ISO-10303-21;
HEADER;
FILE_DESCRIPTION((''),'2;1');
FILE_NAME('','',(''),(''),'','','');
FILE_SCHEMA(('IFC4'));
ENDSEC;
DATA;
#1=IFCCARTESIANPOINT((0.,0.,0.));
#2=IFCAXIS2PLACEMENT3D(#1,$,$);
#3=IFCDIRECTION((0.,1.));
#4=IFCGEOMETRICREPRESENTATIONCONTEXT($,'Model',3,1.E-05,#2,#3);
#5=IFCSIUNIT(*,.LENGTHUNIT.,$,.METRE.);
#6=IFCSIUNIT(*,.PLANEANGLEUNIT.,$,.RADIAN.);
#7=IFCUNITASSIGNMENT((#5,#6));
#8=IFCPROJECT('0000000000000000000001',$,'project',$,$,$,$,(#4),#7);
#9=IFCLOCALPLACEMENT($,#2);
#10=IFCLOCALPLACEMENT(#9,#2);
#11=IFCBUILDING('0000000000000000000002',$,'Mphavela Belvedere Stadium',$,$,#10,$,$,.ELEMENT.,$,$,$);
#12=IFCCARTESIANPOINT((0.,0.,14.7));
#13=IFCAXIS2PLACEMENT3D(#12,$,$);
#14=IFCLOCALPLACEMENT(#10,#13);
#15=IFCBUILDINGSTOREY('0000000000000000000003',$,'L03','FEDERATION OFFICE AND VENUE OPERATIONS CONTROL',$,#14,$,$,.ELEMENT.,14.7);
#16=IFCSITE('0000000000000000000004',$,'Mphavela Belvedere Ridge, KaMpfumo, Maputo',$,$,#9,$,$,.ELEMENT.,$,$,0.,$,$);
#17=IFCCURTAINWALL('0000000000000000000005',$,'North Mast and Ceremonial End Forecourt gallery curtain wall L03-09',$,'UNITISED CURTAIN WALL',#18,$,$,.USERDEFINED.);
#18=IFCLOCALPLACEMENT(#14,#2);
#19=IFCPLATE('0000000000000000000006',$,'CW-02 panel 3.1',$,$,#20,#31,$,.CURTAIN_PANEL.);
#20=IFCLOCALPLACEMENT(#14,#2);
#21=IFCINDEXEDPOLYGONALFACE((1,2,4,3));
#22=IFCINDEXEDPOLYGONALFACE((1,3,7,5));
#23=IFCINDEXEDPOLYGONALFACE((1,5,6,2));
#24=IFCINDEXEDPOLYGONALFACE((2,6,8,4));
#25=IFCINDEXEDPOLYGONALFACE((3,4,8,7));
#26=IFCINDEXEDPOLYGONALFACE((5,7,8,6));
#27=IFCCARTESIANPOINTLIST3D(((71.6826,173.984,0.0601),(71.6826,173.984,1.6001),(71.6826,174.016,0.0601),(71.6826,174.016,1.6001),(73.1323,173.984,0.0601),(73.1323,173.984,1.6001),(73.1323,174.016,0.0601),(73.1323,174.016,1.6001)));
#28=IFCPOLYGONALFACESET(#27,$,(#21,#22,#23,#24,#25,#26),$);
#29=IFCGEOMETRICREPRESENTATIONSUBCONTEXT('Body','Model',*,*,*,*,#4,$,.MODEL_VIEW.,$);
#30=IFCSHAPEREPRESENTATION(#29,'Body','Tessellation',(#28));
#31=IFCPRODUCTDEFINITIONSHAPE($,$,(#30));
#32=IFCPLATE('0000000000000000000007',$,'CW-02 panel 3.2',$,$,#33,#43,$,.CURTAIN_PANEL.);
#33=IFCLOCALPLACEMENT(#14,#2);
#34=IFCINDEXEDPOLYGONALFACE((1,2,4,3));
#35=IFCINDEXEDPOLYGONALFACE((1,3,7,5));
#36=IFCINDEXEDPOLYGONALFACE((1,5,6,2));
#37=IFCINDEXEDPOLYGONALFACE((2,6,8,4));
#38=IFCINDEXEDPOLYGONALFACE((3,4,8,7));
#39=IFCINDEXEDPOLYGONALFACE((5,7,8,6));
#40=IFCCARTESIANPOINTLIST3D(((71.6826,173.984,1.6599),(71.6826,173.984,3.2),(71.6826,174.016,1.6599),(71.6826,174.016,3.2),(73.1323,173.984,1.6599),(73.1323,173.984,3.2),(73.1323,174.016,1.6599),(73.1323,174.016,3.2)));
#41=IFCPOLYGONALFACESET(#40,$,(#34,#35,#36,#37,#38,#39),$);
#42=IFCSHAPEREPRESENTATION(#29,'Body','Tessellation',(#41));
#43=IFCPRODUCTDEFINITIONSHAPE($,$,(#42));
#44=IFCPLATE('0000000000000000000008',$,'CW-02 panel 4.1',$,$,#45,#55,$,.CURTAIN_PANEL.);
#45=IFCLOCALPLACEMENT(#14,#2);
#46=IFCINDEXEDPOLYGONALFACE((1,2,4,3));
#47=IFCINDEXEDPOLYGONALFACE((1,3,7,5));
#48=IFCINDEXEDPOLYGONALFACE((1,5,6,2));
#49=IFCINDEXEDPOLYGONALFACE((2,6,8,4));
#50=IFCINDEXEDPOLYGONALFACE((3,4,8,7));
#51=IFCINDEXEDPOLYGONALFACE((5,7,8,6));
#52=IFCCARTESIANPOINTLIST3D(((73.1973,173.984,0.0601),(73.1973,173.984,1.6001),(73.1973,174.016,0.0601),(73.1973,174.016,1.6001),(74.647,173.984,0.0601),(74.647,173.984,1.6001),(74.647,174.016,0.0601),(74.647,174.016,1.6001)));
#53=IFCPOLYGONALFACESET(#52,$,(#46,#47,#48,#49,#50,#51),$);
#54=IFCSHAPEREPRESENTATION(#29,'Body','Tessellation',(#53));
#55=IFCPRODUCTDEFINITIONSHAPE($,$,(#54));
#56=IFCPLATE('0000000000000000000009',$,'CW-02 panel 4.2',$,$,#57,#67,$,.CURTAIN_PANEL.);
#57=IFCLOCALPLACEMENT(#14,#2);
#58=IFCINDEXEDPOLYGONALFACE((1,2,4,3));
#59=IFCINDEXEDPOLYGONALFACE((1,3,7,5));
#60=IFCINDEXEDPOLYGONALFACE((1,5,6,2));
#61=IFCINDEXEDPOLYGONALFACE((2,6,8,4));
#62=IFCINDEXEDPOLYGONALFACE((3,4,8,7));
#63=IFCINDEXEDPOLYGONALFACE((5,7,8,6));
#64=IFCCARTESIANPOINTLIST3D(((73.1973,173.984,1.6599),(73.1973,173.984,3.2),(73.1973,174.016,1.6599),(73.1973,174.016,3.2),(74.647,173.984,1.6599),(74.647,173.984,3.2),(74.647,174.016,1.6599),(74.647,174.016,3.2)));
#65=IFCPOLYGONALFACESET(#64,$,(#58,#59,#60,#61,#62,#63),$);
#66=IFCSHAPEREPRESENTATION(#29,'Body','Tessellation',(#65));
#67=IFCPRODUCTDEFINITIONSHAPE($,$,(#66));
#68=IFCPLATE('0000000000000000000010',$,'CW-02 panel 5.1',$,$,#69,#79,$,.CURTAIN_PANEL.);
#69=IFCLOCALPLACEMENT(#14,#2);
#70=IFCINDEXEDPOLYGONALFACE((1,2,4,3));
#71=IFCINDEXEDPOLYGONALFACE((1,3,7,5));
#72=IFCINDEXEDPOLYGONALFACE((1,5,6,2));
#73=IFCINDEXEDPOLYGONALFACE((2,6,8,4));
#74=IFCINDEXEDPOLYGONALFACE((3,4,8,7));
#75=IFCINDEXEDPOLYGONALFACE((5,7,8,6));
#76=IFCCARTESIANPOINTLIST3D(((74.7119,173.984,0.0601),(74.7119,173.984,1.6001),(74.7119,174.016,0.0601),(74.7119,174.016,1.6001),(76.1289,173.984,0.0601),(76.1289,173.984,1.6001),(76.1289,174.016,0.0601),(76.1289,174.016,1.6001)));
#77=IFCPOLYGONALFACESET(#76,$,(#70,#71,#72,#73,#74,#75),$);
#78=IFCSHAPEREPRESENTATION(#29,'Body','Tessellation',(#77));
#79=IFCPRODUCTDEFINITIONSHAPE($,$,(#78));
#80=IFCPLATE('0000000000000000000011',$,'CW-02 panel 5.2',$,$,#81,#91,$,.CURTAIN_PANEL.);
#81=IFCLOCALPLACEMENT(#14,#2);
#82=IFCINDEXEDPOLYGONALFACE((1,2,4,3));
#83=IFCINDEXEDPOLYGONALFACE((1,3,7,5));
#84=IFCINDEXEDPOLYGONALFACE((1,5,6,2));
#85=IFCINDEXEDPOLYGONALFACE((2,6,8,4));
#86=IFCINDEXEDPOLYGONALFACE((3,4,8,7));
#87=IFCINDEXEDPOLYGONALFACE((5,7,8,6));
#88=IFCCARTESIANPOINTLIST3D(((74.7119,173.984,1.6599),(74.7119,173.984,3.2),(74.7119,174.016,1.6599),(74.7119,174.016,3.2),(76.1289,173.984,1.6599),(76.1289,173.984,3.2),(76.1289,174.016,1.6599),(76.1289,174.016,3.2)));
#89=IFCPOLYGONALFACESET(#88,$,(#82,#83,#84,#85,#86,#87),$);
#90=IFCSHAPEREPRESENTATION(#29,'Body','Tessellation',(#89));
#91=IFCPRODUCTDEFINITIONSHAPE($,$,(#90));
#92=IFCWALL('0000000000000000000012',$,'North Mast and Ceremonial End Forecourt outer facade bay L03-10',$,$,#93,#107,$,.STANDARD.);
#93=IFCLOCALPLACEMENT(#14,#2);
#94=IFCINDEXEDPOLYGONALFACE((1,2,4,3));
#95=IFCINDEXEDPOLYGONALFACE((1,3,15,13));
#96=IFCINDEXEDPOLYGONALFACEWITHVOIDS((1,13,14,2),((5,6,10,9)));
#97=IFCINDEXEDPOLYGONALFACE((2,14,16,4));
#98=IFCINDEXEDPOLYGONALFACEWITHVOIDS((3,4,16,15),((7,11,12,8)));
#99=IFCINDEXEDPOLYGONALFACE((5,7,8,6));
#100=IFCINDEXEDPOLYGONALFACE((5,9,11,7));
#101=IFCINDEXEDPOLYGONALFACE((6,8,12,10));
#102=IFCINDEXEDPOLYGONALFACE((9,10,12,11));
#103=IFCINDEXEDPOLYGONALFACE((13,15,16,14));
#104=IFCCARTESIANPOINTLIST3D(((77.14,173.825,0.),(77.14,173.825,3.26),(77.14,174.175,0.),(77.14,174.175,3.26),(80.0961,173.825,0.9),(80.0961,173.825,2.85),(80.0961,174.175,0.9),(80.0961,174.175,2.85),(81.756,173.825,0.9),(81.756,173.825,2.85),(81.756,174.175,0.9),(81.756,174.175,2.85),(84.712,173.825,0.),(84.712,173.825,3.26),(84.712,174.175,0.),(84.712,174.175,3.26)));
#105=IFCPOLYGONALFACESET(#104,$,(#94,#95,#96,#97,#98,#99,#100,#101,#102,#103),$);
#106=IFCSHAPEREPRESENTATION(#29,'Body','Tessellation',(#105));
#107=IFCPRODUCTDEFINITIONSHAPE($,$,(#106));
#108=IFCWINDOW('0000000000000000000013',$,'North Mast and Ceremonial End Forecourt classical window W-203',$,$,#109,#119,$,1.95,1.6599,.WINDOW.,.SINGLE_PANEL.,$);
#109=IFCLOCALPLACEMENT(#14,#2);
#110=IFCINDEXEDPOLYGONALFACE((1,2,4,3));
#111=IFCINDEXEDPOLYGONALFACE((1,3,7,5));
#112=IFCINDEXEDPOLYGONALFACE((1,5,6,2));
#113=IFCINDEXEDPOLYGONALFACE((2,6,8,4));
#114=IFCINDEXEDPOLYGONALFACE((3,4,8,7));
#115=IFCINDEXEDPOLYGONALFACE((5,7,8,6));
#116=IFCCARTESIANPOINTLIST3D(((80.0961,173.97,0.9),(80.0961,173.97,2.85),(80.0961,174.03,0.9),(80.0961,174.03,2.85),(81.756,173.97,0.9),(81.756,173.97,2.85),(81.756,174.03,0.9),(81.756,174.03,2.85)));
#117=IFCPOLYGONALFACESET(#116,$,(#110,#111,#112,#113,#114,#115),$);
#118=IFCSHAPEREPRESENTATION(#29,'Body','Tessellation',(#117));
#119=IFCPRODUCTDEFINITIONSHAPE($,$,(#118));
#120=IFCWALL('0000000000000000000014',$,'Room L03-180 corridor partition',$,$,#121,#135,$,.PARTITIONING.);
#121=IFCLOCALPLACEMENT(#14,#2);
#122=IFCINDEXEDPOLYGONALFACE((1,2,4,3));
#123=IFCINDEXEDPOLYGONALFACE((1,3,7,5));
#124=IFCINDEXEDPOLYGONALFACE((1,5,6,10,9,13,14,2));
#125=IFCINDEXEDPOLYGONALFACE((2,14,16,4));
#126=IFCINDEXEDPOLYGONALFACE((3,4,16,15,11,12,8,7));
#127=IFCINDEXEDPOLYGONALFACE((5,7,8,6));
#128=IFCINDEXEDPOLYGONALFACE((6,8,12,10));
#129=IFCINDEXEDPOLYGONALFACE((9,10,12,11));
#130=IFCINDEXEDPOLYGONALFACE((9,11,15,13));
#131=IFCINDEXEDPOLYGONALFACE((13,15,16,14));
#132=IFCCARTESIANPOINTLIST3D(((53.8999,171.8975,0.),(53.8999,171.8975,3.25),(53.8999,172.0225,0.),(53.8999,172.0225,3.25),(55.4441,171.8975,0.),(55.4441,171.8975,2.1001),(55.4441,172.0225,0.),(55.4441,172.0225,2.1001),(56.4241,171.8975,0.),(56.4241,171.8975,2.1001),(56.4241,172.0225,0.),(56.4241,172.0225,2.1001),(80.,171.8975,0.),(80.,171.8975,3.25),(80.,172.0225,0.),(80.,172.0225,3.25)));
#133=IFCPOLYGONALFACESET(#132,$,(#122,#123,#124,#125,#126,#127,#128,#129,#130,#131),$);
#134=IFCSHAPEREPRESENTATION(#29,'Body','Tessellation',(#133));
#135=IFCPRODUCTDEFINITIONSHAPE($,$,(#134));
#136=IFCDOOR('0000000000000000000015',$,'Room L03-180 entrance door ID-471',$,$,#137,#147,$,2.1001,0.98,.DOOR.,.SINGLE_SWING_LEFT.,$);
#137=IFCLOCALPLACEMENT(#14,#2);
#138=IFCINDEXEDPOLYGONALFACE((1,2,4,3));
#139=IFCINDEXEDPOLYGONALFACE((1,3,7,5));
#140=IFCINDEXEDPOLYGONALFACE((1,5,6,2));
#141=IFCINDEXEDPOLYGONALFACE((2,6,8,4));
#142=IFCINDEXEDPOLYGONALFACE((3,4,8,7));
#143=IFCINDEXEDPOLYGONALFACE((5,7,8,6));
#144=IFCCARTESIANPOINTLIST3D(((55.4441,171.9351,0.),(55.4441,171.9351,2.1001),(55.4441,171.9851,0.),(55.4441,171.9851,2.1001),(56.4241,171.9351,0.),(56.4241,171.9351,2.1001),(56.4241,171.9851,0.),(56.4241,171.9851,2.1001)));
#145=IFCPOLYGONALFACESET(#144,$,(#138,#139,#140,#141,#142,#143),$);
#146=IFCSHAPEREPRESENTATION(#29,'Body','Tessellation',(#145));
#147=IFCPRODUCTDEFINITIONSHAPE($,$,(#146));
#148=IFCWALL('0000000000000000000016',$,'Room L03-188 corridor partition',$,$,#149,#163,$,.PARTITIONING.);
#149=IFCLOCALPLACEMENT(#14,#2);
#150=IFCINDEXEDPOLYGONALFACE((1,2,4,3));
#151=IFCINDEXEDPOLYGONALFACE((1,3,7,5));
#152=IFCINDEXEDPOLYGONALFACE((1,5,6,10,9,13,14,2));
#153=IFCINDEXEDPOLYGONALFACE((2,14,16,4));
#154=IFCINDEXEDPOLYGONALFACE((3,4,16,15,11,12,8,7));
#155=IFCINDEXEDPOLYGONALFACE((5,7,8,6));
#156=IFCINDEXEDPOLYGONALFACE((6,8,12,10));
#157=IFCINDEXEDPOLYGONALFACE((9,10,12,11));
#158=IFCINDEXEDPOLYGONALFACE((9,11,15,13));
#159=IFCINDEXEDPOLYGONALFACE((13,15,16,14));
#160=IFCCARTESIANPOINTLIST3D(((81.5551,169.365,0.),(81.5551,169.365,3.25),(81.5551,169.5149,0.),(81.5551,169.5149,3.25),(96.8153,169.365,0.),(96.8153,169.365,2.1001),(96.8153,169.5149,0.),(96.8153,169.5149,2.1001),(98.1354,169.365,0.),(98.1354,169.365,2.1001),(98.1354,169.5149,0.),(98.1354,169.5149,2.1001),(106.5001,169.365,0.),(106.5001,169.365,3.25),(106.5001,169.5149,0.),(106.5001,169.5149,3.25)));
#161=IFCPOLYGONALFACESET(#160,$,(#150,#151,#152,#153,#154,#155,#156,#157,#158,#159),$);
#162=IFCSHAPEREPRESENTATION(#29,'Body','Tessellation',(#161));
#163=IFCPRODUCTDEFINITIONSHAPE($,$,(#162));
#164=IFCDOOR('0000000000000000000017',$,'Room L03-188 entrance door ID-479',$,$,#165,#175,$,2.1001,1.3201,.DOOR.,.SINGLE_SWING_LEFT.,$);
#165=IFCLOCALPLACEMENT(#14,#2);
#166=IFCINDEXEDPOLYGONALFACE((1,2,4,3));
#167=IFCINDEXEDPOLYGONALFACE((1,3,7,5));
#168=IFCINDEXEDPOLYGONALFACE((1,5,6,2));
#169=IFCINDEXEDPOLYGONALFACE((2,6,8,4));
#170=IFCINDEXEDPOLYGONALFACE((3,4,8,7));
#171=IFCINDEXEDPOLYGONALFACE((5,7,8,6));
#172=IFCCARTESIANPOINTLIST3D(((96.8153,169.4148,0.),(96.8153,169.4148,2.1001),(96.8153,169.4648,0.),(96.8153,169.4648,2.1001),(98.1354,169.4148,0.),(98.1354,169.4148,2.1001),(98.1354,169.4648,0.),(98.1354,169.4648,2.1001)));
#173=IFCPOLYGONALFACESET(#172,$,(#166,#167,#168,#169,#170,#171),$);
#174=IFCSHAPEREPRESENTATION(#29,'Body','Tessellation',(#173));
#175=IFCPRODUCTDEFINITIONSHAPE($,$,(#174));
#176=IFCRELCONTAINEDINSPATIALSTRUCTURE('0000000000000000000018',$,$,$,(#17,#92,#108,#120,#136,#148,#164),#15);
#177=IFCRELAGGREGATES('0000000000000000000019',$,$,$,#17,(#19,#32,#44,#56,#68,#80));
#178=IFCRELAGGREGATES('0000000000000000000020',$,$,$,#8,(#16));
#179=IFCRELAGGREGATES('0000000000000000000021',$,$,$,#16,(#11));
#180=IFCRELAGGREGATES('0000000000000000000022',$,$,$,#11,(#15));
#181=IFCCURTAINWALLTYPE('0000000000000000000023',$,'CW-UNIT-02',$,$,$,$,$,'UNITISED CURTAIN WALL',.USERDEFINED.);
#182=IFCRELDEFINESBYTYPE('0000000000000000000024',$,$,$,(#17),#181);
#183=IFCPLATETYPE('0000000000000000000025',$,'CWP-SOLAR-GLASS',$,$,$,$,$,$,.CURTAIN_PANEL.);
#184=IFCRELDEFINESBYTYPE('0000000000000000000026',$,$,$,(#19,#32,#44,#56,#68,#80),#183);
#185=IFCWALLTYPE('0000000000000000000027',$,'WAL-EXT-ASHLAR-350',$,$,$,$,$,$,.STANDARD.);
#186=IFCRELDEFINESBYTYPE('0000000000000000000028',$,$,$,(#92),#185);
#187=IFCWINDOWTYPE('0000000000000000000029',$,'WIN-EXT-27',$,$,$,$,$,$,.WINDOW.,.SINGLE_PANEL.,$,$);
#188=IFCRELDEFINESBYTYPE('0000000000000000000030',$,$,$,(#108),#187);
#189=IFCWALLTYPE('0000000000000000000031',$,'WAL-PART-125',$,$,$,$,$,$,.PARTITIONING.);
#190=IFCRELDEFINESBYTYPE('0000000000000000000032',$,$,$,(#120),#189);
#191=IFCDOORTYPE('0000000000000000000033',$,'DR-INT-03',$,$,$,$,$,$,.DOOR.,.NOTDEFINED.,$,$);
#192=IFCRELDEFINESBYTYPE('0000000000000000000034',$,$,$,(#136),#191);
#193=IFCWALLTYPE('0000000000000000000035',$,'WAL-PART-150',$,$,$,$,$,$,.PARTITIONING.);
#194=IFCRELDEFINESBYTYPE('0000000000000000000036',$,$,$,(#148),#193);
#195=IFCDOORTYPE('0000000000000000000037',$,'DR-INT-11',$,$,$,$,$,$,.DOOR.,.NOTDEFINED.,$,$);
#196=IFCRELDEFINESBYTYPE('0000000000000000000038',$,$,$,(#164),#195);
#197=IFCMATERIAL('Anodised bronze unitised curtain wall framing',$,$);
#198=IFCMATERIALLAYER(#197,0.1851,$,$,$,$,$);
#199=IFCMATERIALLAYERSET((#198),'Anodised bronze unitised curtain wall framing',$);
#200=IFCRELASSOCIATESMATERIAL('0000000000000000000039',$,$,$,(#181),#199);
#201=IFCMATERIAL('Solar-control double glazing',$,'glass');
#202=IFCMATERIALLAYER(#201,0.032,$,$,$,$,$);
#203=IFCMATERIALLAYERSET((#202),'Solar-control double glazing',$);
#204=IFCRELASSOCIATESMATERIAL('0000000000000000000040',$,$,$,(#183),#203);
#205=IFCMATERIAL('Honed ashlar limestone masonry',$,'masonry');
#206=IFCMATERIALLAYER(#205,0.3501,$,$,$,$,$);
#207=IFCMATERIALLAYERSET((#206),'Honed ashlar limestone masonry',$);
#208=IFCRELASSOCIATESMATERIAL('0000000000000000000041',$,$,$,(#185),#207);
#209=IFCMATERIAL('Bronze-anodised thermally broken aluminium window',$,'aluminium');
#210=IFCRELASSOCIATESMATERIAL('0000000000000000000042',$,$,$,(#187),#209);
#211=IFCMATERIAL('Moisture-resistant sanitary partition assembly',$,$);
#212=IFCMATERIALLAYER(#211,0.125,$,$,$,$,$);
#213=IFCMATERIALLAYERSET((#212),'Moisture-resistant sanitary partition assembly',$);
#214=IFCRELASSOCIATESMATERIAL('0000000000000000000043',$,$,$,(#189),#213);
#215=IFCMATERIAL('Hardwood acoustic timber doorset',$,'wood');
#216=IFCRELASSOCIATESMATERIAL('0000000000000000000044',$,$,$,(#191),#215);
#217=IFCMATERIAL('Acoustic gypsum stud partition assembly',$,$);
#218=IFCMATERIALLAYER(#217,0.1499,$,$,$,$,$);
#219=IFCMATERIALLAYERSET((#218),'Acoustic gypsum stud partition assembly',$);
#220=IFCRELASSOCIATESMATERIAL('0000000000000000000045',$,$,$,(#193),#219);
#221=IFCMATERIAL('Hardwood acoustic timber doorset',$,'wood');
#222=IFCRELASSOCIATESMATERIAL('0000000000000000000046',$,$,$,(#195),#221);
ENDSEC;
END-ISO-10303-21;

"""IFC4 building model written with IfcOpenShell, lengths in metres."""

from ifc_helpers import new_model, si_unit, direction, frame, frame_2d, origin, origin_2d, place, context, subcontext, project, spatial, rectangle, extrude, material, layer, layer_set, type_object, element, fill, aggregate, save


model = new_model("IFC4")

# Units and contexts
model_context = context("Model", 3, precision=1e-05, world=origin(), true_north=direction((0.0, 1.0)))
body_context = subcontext(model_context, "Body", "Model", "MODEL_VIEW")
ifc_project = project(units=[si_unit("LENGTHUNIT", "METRE"), si_unit("PLANEANGLEUNIT", "RADIAN")], contexts=[model_context])

# Site, building, storey
site_placement = place(None, origin())
site = spatial("IfcSite", under=ifc_project, at=site_placement, Name="Mphavela Belvedere Ridge, KaMpfumo, Maputo", CompositionType="ELEMENT", RefElevation=0.0)
building_placement = place(site_placement, origin())
building = spatial("IfcBuilding", under=site, at=building_placement, Name="Mphavela Belvedere Stadium", CompositionType="ELEMENT")
storey_placement = place(building_placement, frame((0.0, 0.0, 14.7)))
storey = spatial("IfcBuildingStorey", under=building, at=storey_placement, Name="L03", Description="FEDERATION OFFICE AND VENUE OPERATIONS CONTROL", CompositionType="ELEMENT", Elevation=14.7)

# Curtain wall, plates
ifc_material_1 = material(Name="Anodised bronze unitised curtain wall framing")
ifc_layer_1 = layer(ifc_material_1, 0.1851)
ifc_layer_set_1 = layer_set([ifc_layer_1], Name="Anodised bronze unitised curtain wall framing")
curtain_wall_type = type_object("IfcCurtainWallType", Name="CW-UNIT-02", ElementType="UNITISED CURTAIN WALL", PredefinedType="USERDEFINED", material=ifc_layer_set_1)
curtain_wall_placement = place(storey_placement, origin())
curtain_wall = element("IfcCurtainWall", 1, at=curtain_wall_placement, inside=storey, type_object=curtain_wall_type, Name="North Mast and Ceremonial End Forecourt gallery curtain wall L03-09", ObjectType="UNITISED CURTAIN WALL", PredefinedType="USERDEFINED")
ifc_material_2 = material(Name="Solar-control double glazing", Category="glass")
ifc_layer_2 = layer(ifc_material_2, 0.032)
ifc_layer_set_2 = layer_set([ifc_layer_2], Name="Solar-control double glazing")
plate_type = type_object("IfcPlateType", Name="CWP-SOLAR-GLASS", PredefinedType="CURTAIN_PANEL", material=ifc_layer_set_2)
plate_1_placement = place(storey_placement, frame((72.4075, 174.0, 0.0601), z_axis=(0.0, 0.0, 1.0), x_axis=(1.0, 0.0, 0.0)))
plate_1 = element("IfcPlate", 2, at=plate_1_placement, type_object=plate_type, Name="CW-02 panel 3.1", PredefinedType="CURTAIN_PANEL", context=body_context, shape_type="SweptSolid", body=[
    extrude(rectangle(XDim=1.4497, YDim=0.032, at=origin_2d()), origin(), (0.0, 0.0, 1.0), 1.54),
])
plate_2_placement = place(storey_placement, frame((72.4075, 174.0, 1.6599), z_axis=(0.0, 0.0, 1.0), x_axis=(1.0, 0.0, 0.0)))
plate_2 = element("IfcPlate", 3, at=plate_2_placement, type_object=plate_type, Name="CW-02 panel 3.2", PredefinedType="CURTAIN_PANEL", context=body_context, shape_type="SweptSolid", body=[
    extrude(rectangle(XDim=1.4497, YDim=0.032, at=origin_2d()), origin(), (0.0, 0.0, 1.0), 1.54),
])
plate_3_placement = place(storey_placement, frame((73.9221, 174.0, 0.0601), z_axis=(0.0, 0.0, 1.0), x_axis=(1.0, 0.0, 0.0)))
plate_3 = element("IfcPlate", 4, at=plate_3_placement, type_object=plate_type, Name="CW-02 panel 4.1", PredefinedType="CURTAIN_PANEL", context=body_context, shape_type="SweptSolid", body=[
    extrude(rectangle(XDim=1.4497, YDim=0.032, at=origin_2d()), origin(), (0.0, 0.0, 1.0), 1.54),
])
plate_4_placement = place(storey_placement, frame((73.9221, 174.0, 1.6599), z_axis=(0.0, 0.0, 1.0), x_axis=(1.0, 0.0, 0.0)))
plate_4 = element("IfcPlate", 5, at=plate_4_placement, type_object=plate_type, Name="CW-02 panel 4.2", PredefinedType="CURTAIN_PANEL", context=body_context, shape_type="SweptSolid", body=[
    extrude(rectangle(XDim=1.4497, YDim=0.032, at=origin_2d()), origin(), (0.0, 0.0, 1.0), 1.54),
])
plate_5_placement = place(storey_placement, frame((75.4204, 174.0, 0.0601), z_axis=(0.0, 0.0, 1.0), x_axis=(1.0, 0.0, 0.0)))
plate_5 = element("IfcPlate", 6, at=plate_5_placement, type_object=plate_type, Name="CW-02 panel 5.1", PredefinedType="CURTAIN_PANEL", context=body_context, shape_type="SweptSolid", body=[
    extrude(rectangle(XDim=1.417, YDim=0.032, at=origin_2d()), origin(), (0.0, 0.0, 1.0), 1.54),
])
plate_6_placement = place(storey_placement, frame((75.4204, 174.0, 1.6599), z_axis=(0.0, 0.0, 1.0), x_axis=(1.0, 0.0, 0.0)))
plate_6 = element("IfcPlate", 7, at=plate_6_placement, type_object=plate_type, Name="CW-02 panel 5.2", PredefinedType="CURTAIN_PANEL", context=body_context, shape_type="SweptSolid", body=[
    extrude(rectangle(XDim=1.417, YDim=0.032, at=origin_2d()), origin(), (0.0, 0.0, 1.0), 1.54),
])
aggregate(curtain_wall, [plate_1, plate_2, plate_3, plate_4, plate_5, plate_6])

# Wall, opening, window
ifc_material_3 = material(Name="Honed ashlar limestone masonry", Category="masonry")
ifc_layer_3 = layer(ifc_material_3, 0.3501)
ifc_layer_set_3 = layer_set([ifc_layer_3], Name="Honed ashlar limestone masonry")
wall_type_1 = type_object("IfcWallType", Name="WAL-EXT-ASHLAR-350", PredefinedType="STANDARD", material=ifc_layer_set_3)
wall_1_placement = place(storey_placement, frame((77.1399, 174.0, 0.0), z_axis=(0.0, 0.0, 1.0), x_axis=(1.0, 0.0, 0.0)))
wall_1 = element("IfcWall", 8, at=wall_1_placement, inside=storey, type_object=wall_type_1, Name="North Mast and Ceremonial End Forecourt outer facade bay L03-10", PredefinedType="STANDARD", context=body_context, shape_type="SweptSolid", body=[
    extrude(rectangle(XDim=7.572, YDim=0.3501, at=frame_2d((3.7861, 0.0))), origin(), (0.0, 0.0, 1.0), 3.26),
])
opening_1_placement = place(wall_1_placement, frame((2.9561, 0.0, 0.8999)))
opening_1 = element("IfcOpeningElement", 9, at=opening_1_placement, cuts=wall_1, PredefinedType="OPENING", context=body_context, shape_type="SweptSolid", body=[
    extrude(rectangle(XDim=1.6599, YDim=1.95, at=frame_2d((0.8301, 0.9751))), frame((0.0, 0.1851, 0.0), z_axis=(0.0, -1.0, 0.0), x_axis=(1.0, 0.0, 0.0)), (0.0, 0.0, 1.0), 0.3701),
])
ifc_material_4 = material(Name="Bronze-anodised thermally broken aluminium window", Category="aluminium")
window_type = type_object("IfcWindowType", Name="WIN-EXT-27", PartitioningType="SINGLE_PANEL", PredefinedType="WINDOW", material=ifc_material_4)
window_placement = place(opening_1_placement, origin())
window = element("IfcWindow", 10, at=window_placement, inside=storey, type_object=window_type, Name="North Mast and Ceremonial End Forecourt classical window W-203", OverallHeight=1.95, OverallWidth=1.6599, PartitioningType="SINGLE_PANEL", PredefinedType="WINDOW", context=body_context, shape_type="SweptSolid", body=[
    extrude(rectangle(XDim=1.6599, YDim=1.95, at=frame_2d((0.8301, 0.9751))), frame((0.0, 0.03, 0.0), z_axis=(0.0, -1.0, 0.0), x_axis=(1.0, 0.0, 0.0)), (0.0, 0.0, 1.0), 0.0601),
])
fill(opening_1, window)

# Walls, openings, doors
ifc_material_5 = material(Name="Moisture-resistant sanitary partition assembly")
ifc_layer_4 = layer(ifc_material_5, 0.125)
ifc_layer_set_4 = layer_set([ifc_layer_4], Name="Moisture-resistant sanitary partition assembly")
wall_type_2 = type_object("IfcWallType", Name="WAL-PART-125", PredefinedType="PARTITIONING", material=ifc_layer_set_4)
wall_2_placement = place(storey_placement, frame((80.0, 171.96, 0.0), z_axis=(0.0, 0.0, 1.0), x_axis=(-1.0, 0.0, 0.0)))
wall_2 = element("IfcWall", 11, at=wall_2_placement, inside=storey, type_object=wall_type_2, Name="Room L03-180 corridor partition", PredefinedType="PARTITIONING", context=body_context, shape_type="SweptSolid", body=[
    extrude(rectangle(XDim=26.1001, YDim=0.125, at=frame_2d((13.05, 0.0))), origin(), (0.0, 0.0, 1.0), 3.25),
])
opening_2_placement = place(wall_2_placement, frame((23.5759, 0.0, 0.0)))
opening_2 = element("IfcOpeningElement", 12, at=opening_2_placement, cuts=wall_2, PredefinedType="OPENING", context=body_context, shape_type="SweptSolid", body=[
    extrude(rectangle(XDim=0.98, YDim=2.1001, at=frame_2d((0.49, 1.05))), frame((0.0, 0.0725, 0.0), z_axis=(0.0, -1.0, 0.0), x_axis=(1.0, 0.0, 0.0)), (0.0, 0.0, 1.0), 0.145),
])
ifc_material_6 = material(Name="Hardwood acoustic timber doorset", Category="wood")
door_type_1 = type_object("IfcDoorType", Name="DR-INT-03", OperationType="NOTDEFINED", PredefinedType="DOOR", material=ifc_material_6)
door_1_placement = place(opening_2_placement, origin())
door_1 = element("IfcDoor", 13, at=door_1_placement, inside=storey, type_object=door_type_1, Name="Room L03-180 entrance door ID-471", OperationType="SINGLE_SWING_LEFT", OverallHeight=2.1001, OverallWidth=0.98, PredefinedType="DOOR", context=body_context, shape_type="SweptSolid", body=[
    extrude(rectangle(XDim=0.98, YDim=2.1001, at=frame_2d((0.49, 1.05))), frame((0.0, 0.0249, 0.0), z_axis=(0.0, -1.0, 0.0), x_axis=(1.0, 0.0, 0.0)), (0.0, 0.0, 1.0), 0.05),
])
fill(opening_2, door_1)
ifc_material_7 = material(Name="Acoustic gypsum stud partition assembly")
ifc_layer_5 = layer(ifc_material_7, 0.1499)
ifc_layer_set_5 = layer_set([ifc_layer_5], Name="Acoustic gypsum stud partition assembly")
wall_type_3 = type_object("IfcWallType", Name="WAL-PART-150", PredefinedType="PARTITIONING", material=ifc_layer_set_5)
wall_3_placement = place(storey_placement, frame((81.5549, 169.4399, 0.0), z_axis=(0.0, 0.0, 1.0), x_axis=(1.0, 0.0, 0.0)))
wall_3 = element("IfcWall", 14, at=wall_3_placement, inside=storey, type_object=wall_type_3, Name="Room L03-188 corridor partition", PredefinedType="PARTITIONING", context=body_context, shape_type="SweptSolid", body=[
    extrude(rectangle(XDim=24.9451, YDim=0.1499, at=frame_2d((12.4727, 0.0))), origin(), (0.0, 0.0, 1.0), 3.25),
])
opening_3_placement = place(wall_3_placement, frame((15.2603, 0.0, 0.0)))
opening_3 = element("IfcOpeningElement", 15, at=opening_3_placement, cuts=wall_3, PredefinedType="OPENING", context=body_context, shape_type="SweptSolid", body=[
    extrude(rectangle(XDim=1.3201, YDim=2.1001, at=frame_2d((0.6602, 1.05))), frame((0.0, 0.085, 0.0), z_axis=(0.0, -1.0, 0.0), x_axis=(1.0, 0.0, 0.0)), (0.0, 0.0, 1.0), 0.1699),
])
ifc_material_8 = material(Name="Hardwood acoustic timber doorset", Category="wood")
door_type_2 = type_object("IfcDoorType", Name="DR-INT-11", OperationType="NOTDEFINED", PredefinedType="DOOR", material=ifc_material_8)
door_2_placement = place(opening_3_placement, origin())
door_2 = element("IfcDoor", 16, at=door_2_placement, inside=storey, type_object=door_type_2, Name="Room L03-188 entrance door ID-479", OperationType="SINGLE_SWING_LEFT", OverallHeight=2.1001, OverallWidth=1.3201, PredefinedType="DOOR", context=body_context, shape_type="SweptSolid", body=[
    extrude(rectangle(XDim=1.3201, YDim=2.1001, at=frame_2d((0.6602, 1.05))), frame((0.0, 0.0249, 0.0), z_axis=(0.0, -1.0, 0.0), x_axis=(1.0, 0.0, 0.0)), (0.0, 0.0, 1.0), 0.05),
])
fill(opening_3, door_2)

save(model, "model.ifc")
